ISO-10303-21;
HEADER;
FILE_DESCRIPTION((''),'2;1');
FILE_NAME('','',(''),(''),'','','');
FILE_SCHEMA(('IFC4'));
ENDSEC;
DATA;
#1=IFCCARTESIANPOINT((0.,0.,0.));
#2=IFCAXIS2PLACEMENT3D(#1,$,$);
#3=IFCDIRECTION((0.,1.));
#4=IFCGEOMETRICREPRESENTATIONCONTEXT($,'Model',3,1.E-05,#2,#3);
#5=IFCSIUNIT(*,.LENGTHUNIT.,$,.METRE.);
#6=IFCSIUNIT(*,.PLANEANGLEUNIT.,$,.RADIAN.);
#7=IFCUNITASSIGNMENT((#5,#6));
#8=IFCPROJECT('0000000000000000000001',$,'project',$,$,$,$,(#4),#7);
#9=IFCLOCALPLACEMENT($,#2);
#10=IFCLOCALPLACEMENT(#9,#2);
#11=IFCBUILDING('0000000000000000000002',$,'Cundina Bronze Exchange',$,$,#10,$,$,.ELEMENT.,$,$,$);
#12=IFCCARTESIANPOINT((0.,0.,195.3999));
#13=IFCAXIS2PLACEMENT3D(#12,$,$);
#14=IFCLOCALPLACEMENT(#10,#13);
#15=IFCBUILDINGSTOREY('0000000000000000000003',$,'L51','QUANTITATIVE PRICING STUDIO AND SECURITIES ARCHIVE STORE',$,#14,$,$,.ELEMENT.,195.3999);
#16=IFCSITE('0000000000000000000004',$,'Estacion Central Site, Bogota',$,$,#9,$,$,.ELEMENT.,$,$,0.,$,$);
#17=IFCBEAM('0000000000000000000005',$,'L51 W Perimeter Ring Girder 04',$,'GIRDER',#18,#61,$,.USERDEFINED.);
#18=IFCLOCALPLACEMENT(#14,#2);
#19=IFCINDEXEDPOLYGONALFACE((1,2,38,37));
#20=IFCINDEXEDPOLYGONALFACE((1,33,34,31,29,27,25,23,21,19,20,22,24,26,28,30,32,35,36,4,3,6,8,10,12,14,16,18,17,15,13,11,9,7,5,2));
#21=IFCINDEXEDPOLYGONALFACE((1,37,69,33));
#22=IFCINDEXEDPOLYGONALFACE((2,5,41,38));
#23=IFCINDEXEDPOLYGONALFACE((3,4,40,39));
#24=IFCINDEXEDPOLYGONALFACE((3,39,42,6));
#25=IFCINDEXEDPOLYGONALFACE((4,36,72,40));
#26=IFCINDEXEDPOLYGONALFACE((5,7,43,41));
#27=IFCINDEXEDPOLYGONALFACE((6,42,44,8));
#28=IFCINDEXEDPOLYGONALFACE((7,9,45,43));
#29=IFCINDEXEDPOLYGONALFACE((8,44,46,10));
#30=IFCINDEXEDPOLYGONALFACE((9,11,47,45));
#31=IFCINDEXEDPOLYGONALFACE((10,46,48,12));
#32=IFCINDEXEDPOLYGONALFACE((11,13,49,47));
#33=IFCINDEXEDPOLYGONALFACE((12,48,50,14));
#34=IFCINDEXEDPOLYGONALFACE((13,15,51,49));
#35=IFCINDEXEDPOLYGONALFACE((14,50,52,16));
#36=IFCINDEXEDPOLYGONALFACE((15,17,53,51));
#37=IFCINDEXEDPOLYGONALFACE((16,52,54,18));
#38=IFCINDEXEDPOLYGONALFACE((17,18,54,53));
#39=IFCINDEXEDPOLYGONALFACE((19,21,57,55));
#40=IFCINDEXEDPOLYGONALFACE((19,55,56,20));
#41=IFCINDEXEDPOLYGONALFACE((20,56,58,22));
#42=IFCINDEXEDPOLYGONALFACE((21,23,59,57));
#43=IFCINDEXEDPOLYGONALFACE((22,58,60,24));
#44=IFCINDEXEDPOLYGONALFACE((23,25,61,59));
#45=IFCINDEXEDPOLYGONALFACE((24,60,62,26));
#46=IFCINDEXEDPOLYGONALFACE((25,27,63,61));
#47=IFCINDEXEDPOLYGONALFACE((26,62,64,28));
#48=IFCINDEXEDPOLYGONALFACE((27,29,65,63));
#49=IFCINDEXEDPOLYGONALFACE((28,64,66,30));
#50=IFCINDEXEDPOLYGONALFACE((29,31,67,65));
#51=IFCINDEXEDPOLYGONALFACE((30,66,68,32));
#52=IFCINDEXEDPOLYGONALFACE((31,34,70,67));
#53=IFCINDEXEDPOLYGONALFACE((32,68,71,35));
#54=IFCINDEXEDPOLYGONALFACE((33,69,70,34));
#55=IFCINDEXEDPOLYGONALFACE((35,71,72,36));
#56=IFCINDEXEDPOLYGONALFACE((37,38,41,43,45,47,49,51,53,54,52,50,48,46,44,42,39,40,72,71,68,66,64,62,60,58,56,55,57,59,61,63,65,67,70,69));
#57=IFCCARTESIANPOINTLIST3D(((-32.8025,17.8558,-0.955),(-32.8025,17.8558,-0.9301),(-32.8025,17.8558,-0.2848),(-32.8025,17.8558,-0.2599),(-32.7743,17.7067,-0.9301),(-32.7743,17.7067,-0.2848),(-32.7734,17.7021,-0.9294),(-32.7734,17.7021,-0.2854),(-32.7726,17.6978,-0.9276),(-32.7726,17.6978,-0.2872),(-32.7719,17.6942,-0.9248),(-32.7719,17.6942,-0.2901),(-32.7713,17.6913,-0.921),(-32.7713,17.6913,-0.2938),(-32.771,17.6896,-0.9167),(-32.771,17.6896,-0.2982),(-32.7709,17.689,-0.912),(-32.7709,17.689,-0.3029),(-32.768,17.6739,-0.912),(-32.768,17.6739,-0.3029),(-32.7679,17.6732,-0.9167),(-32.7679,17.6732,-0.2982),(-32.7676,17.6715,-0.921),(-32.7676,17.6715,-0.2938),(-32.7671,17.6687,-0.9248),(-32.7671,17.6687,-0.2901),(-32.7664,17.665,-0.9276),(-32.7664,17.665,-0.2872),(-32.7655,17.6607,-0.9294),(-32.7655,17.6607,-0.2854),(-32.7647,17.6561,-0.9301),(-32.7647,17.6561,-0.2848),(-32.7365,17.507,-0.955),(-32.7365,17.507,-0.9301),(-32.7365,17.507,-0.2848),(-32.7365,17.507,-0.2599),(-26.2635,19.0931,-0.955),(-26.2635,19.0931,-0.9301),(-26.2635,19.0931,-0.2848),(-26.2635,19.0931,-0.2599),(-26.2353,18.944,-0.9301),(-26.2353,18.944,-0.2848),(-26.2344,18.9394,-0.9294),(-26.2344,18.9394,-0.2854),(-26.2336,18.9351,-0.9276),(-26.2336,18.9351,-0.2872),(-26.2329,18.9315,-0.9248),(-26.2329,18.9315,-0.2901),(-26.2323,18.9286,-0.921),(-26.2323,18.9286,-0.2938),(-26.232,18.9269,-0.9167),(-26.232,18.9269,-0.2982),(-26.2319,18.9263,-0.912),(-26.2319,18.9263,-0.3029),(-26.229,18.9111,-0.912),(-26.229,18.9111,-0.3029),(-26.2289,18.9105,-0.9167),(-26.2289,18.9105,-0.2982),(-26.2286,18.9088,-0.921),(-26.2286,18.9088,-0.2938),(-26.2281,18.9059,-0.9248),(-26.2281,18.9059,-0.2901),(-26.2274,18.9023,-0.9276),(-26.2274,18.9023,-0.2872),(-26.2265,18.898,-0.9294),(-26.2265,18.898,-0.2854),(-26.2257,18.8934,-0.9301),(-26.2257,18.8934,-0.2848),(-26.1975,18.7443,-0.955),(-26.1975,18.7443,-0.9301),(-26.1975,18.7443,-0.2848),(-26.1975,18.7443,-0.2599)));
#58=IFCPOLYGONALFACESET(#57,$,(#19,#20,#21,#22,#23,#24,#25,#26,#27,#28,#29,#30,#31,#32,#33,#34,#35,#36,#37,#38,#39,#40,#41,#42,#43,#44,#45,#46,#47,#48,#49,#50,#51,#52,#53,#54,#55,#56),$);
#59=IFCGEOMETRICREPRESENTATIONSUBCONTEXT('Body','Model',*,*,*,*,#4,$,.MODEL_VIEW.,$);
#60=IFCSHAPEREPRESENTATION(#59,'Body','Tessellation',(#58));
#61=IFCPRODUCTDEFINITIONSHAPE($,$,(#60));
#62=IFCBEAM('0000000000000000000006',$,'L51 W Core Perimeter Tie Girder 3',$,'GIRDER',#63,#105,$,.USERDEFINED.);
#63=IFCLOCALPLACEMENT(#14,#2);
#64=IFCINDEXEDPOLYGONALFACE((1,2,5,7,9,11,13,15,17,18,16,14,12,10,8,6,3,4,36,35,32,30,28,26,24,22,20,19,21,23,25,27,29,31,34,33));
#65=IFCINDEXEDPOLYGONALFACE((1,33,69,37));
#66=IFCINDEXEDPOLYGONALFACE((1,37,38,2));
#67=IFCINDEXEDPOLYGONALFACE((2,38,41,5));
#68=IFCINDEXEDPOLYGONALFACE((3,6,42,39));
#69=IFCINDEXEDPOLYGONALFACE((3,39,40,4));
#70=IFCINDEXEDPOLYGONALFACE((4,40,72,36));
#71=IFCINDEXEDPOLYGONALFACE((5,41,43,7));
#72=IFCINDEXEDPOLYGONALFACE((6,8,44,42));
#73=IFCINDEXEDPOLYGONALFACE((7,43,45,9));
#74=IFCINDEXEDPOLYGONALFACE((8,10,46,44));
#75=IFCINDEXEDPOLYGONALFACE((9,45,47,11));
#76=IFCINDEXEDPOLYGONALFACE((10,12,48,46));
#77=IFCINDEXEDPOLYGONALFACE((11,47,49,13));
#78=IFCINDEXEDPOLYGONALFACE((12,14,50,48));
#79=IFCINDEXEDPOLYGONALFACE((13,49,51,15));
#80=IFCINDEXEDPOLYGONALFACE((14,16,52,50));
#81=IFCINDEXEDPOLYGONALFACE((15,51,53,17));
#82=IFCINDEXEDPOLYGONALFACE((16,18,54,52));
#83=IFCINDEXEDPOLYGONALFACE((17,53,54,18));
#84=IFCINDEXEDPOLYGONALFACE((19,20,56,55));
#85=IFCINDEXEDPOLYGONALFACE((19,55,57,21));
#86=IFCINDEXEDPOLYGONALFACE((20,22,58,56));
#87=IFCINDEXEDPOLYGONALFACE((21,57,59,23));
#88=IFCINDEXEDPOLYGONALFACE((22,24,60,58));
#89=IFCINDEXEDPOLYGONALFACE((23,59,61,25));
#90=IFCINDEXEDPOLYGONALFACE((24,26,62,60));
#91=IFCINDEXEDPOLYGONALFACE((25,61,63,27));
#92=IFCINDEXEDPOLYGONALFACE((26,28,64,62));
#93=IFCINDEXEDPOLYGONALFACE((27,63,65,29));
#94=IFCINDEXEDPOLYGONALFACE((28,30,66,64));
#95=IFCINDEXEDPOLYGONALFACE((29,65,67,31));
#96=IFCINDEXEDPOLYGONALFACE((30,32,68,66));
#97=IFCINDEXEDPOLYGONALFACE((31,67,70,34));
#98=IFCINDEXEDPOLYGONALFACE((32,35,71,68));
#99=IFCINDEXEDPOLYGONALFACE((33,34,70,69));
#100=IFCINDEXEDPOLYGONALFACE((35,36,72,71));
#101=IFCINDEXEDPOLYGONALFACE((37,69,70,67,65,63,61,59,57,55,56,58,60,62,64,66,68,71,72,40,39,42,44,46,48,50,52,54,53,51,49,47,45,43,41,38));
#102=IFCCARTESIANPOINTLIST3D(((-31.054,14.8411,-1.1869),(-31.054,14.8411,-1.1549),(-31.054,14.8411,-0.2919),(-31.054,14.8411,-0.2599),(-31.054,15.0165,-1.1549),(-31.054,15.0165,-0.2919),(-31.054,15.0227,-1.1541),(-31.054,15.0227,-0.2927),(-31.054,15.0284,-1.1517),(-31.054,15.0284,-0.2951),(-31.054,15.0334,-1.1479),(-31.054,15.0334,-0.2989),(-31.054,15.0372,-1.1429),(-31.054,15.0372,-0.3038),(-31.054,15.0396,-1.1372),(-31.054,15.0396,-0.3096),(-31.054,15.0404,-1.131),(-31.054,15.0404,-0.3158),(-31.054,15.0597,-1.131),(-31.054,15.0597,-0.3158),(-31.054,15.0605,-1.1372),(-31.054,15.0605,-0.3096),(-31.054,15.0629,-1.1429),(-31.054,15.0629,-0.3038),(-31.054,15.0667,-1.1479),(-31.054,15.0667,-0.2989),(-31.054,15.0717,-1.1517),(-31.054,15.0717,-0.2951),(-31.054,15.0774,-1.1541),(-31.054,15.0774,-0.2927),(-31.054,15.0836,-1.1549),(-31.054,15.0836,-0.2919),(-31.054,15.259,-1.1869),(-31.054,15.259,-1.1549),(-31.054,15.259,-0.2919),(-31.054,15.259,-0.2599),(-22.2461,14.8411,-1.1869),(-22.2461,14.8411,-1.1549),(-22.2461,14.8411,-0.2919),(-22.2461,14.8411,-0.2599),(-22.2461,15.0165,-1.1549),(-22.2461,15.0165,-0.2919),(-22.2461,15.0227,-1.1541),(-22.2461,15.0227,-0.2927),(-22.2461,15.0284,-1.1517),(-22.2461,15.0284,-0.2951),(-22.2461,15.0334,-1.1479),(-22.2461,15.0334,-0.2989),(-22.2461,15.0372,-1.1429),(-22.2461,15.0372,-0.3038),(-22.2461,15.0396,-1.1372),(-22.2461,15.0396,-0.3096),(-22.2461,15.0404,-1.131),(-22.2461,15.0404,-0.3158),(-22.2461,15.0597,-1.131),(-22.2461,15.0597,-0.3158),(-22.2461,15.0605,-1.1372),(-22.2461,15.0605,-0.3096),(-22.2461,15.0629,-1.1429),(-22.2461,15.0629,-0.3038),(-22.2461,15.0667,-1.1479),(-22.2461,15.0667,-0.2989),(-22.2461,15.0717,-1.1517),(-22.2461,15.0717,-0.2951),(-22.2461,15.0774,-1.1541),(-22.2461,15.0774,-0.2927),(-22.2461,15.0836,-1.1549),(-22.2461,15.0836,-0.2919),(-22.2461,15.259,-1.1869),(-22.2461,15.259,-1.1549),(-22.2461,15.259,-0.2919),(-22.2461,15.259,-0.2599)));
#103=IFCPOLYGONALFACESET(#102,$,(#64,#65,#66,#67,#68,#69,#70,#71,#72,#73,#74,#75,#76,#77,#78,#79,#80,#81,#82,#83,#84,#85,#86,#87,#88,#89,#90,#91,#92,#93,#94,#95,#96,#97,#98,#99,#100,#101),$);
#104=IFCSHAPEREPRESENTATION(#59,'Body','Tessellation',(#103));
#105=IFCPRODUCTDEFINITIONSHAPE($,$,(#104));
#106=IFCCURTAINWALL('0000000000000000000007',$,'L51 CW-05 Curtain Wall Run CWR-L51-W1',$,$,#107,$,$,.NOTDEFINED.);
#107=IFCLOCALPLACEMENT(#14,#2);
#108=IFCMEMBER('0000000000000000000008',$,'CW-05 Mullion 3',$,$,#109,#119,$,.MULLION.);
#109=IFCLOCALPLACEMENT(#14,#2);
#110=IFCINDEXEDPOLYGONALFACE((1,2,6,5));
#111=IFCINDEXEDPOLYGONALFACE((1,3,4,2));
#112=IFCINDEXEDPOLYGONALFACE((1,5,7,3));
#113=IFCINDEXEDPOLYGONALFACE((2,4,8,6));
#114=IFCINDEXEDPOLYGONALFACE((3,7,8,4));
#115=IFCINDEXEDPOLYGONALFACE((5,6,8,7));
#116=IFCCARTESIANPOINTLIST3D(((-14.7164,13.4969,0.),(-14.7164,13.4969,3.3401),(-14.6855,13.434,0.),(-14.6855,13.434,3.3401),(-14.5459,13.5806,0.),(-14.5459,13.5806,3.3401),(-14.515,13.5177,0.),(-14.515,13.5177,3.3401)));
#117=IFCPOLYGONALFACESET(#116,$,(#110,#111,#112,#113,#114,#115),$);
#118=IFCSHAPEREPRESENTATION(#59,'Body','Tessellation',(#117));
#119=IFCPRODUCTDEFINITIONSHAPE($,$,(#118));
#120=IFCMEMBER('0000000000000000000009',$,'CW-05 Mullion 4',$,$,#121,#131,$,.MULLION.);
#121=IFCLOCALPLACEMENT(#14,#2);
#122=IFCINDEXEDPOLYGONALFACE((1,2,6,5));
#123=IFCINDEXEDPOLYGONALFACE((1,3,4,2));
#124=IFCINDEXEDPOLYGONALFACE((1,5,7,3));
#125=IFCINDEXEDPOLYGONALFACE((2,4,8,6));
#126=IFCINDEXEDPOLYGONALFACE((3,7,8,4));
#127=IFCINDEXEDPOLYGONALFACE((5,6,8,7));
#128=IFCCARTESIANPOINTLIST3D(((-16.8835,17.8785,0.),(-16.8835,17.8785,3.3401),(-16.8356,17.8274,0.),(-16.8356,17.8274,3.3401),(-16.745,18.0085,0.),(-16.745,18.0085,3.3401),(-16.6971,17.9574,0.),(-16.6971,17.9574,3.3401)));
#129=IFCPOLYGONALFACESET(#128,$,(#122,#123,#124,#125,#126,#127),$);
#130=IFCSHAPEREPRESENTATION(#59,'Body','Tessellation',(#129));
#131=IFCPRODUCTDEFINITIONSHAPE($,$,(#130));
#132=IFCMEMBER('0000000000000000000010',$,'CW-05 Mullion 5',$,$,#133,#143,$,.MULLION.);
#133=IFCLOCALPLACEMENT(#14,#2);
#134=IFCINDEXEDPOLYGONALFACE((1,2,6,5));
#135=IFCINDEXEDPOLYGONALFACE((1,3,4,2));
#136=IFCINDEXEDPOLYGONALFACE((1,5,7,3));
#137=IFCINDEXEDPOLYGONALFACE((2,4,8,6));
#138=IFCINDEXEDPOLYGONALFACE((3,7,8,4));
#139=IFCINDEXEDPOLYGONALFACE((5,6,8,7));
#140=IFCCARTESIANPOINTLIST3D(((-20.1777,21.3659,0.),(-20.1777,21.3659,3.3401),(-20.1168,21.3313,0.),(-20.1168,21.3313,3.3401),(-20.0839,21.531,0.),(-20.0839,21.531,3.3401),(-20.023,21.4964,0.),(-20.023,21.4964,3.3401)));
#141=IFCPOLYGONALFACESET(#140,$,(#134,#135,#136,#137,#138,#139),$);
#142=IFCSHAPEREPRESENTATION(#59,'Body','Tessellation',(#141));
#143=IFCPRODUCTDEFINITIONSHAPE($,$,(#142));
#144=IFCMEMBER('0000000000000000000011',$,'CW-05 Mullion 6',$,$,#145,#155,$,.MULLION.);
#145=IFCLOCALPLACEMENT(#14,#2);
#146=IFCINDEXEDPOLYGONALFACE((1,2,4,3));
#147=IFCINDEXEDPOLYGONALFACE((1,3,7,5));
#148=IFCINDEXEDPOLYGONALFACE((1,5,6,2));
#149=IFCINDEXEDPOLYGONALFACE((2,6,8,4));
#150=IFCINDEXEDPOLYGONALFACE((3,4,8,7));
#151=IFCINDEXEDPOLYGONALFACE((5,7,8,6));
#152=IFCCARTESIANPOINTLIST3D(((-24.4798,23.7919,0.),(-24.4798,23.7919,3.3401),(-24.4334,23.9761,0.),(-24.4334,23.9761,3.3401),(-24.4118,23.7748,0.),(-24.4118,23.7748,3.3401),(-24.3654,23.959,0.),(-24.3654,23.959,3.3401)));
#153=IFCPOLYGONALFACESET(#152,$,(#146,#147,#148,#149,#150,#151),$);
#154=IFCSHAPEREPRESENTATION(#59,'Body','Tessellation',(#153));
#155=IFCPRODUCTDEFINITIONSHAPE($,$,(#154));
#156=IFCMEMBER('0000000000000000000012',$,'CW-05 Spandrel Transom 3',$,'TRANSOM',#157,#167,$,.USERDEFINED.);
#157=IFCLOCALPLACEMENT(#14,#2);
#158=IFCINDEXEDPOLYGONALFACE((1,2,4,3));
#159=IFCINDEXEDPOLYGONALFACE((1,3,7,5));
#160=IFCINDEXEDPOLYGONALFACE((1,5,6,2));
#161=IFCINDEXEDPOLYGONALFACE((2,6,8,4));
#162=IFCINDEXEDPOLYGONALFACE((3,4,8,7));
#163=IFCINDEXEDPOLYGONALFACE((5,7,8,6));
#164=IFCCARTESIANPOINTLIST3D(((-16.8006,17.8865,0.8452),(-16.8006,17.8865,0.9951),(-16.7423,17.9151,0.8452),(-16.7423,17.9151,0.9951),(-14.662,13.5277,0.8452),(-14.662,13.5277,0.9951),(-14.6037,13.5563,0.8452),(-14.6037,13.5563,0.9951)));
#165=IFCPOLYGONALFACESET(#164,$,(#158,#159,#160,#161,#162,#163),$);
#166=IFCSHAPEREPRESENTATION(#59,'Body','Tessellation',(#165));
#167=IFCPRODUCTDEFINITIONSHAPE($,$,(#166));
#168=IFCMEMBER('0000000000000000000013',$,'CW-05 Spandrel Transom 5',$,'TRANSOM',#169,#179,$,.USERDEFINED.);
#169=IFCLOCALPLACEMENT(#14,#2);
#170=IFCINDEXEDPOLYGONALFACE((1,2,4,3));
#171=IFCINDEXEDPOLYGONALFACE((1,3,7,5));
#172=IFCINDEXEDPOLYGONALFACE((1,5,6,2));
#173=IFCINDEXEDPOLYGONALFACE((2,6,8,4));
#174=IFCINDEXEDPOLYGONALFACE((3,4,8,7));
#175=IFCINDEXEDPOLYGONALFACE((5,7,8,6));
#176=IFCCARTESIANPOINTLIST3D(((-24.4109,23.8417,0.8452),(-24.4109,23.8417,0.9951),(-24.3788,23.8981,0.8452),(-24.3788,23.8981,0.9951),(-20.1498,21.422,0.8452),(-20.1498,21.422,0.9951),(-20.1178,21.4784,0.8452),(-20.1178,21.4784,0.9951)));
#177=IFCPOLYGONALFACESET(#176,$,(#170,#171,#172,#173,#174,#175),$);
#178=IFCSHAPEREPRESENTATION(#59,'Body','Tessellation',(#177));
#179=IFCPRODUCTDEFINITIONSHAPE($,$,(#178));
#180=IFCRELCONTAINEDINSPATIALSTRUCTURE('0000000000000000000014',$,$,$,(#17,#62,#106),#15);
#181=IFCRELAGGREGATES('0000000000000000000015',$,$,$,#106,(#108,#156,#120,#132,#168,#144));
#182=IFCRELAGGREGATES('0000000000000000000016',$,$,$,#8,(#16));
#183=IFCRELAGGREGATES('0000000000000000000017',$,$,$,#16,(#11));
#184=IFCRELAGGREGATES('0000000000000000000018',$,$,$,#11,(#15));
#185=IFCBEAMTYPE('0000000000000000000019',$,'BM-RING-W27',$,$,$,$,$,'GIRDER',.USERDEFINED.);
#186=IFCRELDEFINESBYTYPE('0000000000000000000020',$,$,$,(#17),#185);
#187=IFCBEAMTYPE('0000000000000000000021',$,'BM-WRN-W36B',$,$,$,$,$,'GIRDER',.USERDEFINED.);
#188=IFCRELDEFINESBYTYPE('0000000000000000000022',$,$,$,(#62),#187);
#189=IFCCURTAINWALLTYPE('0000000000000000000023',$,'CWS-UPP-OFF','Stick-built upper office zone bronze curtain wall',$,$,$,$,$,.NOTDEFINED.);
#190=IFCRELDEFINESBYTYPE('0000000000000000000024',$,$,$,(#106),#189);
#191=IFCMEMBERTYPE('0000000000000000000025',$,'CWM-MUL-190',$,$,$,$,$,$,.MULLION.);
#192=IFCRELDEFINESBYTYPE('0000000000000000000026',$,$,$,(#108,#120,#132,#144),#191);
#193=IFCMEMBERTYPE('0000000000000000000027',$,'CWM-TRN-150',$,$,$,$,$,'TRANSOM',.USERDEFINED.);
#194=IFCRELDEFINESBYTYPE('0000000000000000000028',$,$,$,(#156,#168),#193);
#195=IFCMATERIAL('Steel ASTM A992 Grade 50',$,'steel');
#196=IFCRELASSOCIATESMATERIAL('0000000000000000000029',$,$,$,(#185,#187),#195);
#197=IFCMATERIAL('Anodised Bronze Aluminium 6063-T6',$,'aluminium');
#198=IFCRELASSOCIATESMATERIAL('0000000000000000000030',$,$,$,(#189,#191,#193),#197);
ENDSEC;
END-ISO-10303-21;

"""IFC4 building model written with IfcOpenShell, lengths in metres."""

from ifc_helpers import new_model, si_unit, direction, frame, origin, origin_2d, place, context, subcontext, project, spatial, rectangle, i_section, extrude, material, material_profile, profile_set, type_object, element, aggregate, save


model = new_model("IFC4")

# Units and contexts
model_context = context("Model", 3, precision=1e-05, world=origin(), true_north=direction((0.0, 1.0)))
body_context = subcontext(model_context, "Body", "Model", "MODEL_VIEW")
ifc_project = project(units=[si_unit("LENGTHUNIT", "METRE"), si_unit("PLANEANGLEUNIT", "RADIAN")], contexts=[model_context])

# Site, building, storey
site_placement = place(None, origin())
site = spatial("IfcSite", under=ifc_project, at=site_placement, Name="Estacion Central Site, Bogota", CompositionType="ELEMENT", RefElevation=0.0)
building_placement = place(site_placement, origin())
building = spatial("IfcBuilding", under=site, at=building_placement, Name="Cundina Bronze Exchange", CompositionType="ELEMENT")
storey_placement = place(building_placement, frame((0.0, 0.0, 195.3999)))
storey = spatial("IfcBuildingStorey", under=building, at=storey_placement, Name="L51", Description="QUANTITATIVE PRICING STUDIO AND SECURITIES ARCHIVE STORE", CompositionType="ELEMENT", Elevation=195.3999)

# Shared definitions
ifc_material_1 = material(Name="Steel ASTM A992 Grade 50", Category="steel")

# Beams
ifc_material_profile_1 = material_profile(ifc_material_1, i_section(OverallWidth=0.355, OverallDepth=0.6951, WebThickness=0.0154, FlangeThickness=0.0249, FilletRadius=0.0181, at=origin_2d()), Name="W27X146", Category="steel")
ifc_profile_set_1 = profile_set([ifc_material_profile_1], Name="Steel ASTM A992 Grade 50")
beam_type_1 = type_object("IfcBeamType", Name="BM-RING-W27", ElementType="GIRDER", PredefinedType="USERDEFINED", material=ifc_profile_set_1)
beam_1_placement = place(storey_placement, frame((-26.2305, 18.9187, -0.6074), z_axis=(-0.982565, -0.185918, 0.0), x_axis=(0.185918, -0.982565, 0.0)))
element("IfcBeam", 1, at=beam_1_placement, inside=storey, type_object=beam_type_1, Name="L51 W Perimeter Ring Girder 04", ObjectType="GIRDER", PredefinedType="USERDEFINED", context=body_context, shape_type="SweptSolid", body=[
    extrude(i_section(OverallWidth=0.355, OverallDepth=0.6951, WebThickness=0.0154, FlangeThickness=0.0249, FilletRadius=0.0181, at=origin_2d()), origin(), (0.0, 0.0, 1.0), 6.655),
])
ifc_material_profile_2 = material_profile(ifc_material_1, i_section(OverallWidth=0.418, OverallDepth=0.927, WebThickness=0.0193, FlangeThickness=0.032, FilletRadius=0.0239, at=origin_2d()), Name="W36X231", Category="steel")
ifc_profile_set_2 = profile_set([ifc_material_profile_2], Name="Steel ASTM A992 Grade 50")
beam_type_2 = type_object("IfcBeamType", Name="BM-WRN-W36B", ElementType="GIRDER", PredefinedType="USERDEFINED", material=ifc_profile_set_2)
beam_2_placement = place(storey_placement, frame((-22.2461, 15.05, -0.7234), z_axis=(-1.0, 0.0, 0.0), x_axis=(0.0, -1.0, 0.0)))
element("IfcBeam", 2, at=beam_2_placement, inside=storey, type_object=beam_type_2, Name="L51 W Core Perimeter Tie Girder 3", ObjectType="GIRDER", PredefinedType="USERDEFINED", context=body_context, shape_type="SweptSolid", body=[
    extrude(i_section(OverallWidth=0.418, OverallDepth=0.927, WebThickness=0.0193, FlangeThickness=0.032, FilletRadius=0.0239, at=origin_2d()), origin(), (0.0, 0.0, 1.0), 8.8079),
])

# Curtain wall, members
ifc_material_2 = material(Name="Anodised Bronze Aluminium 6063-T6", Category="aluminium")
curtain_wall_type = type_object("IfcCurtainWallType", Name="CWS-UPP-OFF", Description="Stick-built upper office zone bronze curtain wall", PredefinedType="NOTDEFINED", material=ifc_material_2)
curtain_wall_placement = place(storey_placement, origin())
curtain_wall = element("IfcCurtainWall", 3, at=curtain_wall_placement, inside=storey, type_object=curtain_wall_type, Name="L51 CW-05 Curtain Wall Run CWR-L51-W1", PredefinedType="NOTDEFINED")
ifc_material_profile_3 = material_profile(ifc_material_2, rectangle(XDim=0.0701, YDim=0.1899, at=origin_2d()), Name="AL70X190", Category="aluminium")
ifc_profile_set_3 = profile_set([ifc_material_profile_3], Name="Anodised Bronze Aluminium 6063-T6")
member_type_1 = type_object("IfcMemberType", Name="CWM-MUL-190", PredefinedType="MULLION", material=ifc_profile_set_3)
member_1_placement = place(storey_placement, frame((-14.6157, 13.5073, 0.0), z_axis=(0.0, 0.0, 1.0), x_axis=(-0.440566, 0.89772, 0.0)))
member_1 = element("IfcMember", 4, at=member_1_placement, type_object=member_type_1, Name="CW-05 Mullion 3", PredefinedType="MULLION", context=body_context, shape_type="SweptSolid", body=[
    extrude(rectangle(XDim=0.0701, YDim=0.1899, at=origin_2d()), origin(), (0.0, 0.0, 1.0), 3.3401),
])
member_2_placement = place(storey_placement, frame((-16.7903, 17.918, 0.0), z_axis=(0.0, 0.0, 1.0), x_axis=(-0.684293, 0.729208, 0.0)))
member_2 = element("IfcMember", 5, at=member_2_placement, type_object=member_type_1, Name="CW-05 Mullion 4", PredefinedType="MULLION", context=body_context, shape_type="SweptSolid", body=[
    extrude(rectangle(XDim=0.0701, YDim=0.1899, at=origin_2d()), origin(), (0.0, 0.0, 1.0), 3.3401),
])
member_3_placement = place(storey_placement, frame((-20.1003, 21.4312, 0.0), z_axis=(0.0, 0.0, 1.0), x_axis=(-0.869581, 0.49379, 0.0)))
member_3 = element("IfcMember", 6, at=member_3_placement, type_object=member_type_1, Name="CW-05 Mullion 5", PredefinedType="MULLION", context=body_context, shape_type="SweptSolid", body=[
    extrude(rectangle(XDim=0.0701, YDim=0.1899, at=origin_2d()), origin(), (0.0, 0.0, 1.0), 3.3401),
])
member_4_placement = place(storey_placement, frame((-24.4226, 23.8755, 0.0), z_axis=(0.0, 0.0, 1.0), x_axis=(-0.969744, 0.244123, 0.0)))
member_4 = element("IfcMember", 7, at=member_4_placement, type_object=member_type_1, Name="CW-05 Mullion 6", PredefinedType="MULLION", context=body_context, shape_type="SweptSolid", body=[
    extrude(rectangle(XDim=0.0701, YDim=0.1899, at=origin_2d()), origin(), (0.0, 0.0, 1.0), 3.3401),
])
ifc_material_profile_4 = material_profile(ifc_material_2, rectangle(XDim=0.0649, YDim=0.1499, at=origin_2d()), Name="AL65X150", Category="aluminium")
ifc_profile_set_4 = profile_set([ifc_material_profile_4], Name="Anodised Bronze Aluminium 6063-T6")
member_type_2 = type_object("IfcMemberType", Name="CWM-TRN-150", ElementType="TRANSOM", PredefinedType="USERDEFINED", material=ifc_profile_set_4)
member_5_placement = place(storey_placement, frame((-14.6328, 13.542, 0.9202), z_axis=(-0.440483, 0.897761, 0.0), x_axis=(-0.897761, -0.440483, 0.0)))
member_5 = element("IfcMember", 8, at=member_5_placement, type_object=member_type_2, Name="CW-05 Spandrel Transom 3", ObjectType="TRANSOM", PredefinedType="USERDEFINED", context=body_context, shape_type="SweptSolid", body=[
    extrude(rectangle(XDim=0.0649, YDim=0.1499, at=origin_2d()), origin(), (0.0, 0.0, 1.0), 4.8552),
])
member_6_placement = place(storey_placement, frame((-20.1338, 21.4502, 0.9202), z_axis=(-0.869574, 0.493803, 0.0), x_axis=(-0.493803, -0.869574, 0.0)))
member_6 = element("IfcMember", 9, at=member_6_placement, type_object=member_type_2, Name="CW-05 Spandrel Transom 5", ObjectType="TRANSOM", PredefinedType="USERDEFINED", context=body_context, shape_type="SweptSolid", body=[
    extrude(rectangle(XDim=0.0649, YDim=0.1499, at=origin_2d()), origin(), (0.0, 0.0, 1.0), 4.9001),
])
aggregate(curtain_wall, [member_1, member_5, member_2, member_3, member_6, member_4])

save(model, "model.ifc")
